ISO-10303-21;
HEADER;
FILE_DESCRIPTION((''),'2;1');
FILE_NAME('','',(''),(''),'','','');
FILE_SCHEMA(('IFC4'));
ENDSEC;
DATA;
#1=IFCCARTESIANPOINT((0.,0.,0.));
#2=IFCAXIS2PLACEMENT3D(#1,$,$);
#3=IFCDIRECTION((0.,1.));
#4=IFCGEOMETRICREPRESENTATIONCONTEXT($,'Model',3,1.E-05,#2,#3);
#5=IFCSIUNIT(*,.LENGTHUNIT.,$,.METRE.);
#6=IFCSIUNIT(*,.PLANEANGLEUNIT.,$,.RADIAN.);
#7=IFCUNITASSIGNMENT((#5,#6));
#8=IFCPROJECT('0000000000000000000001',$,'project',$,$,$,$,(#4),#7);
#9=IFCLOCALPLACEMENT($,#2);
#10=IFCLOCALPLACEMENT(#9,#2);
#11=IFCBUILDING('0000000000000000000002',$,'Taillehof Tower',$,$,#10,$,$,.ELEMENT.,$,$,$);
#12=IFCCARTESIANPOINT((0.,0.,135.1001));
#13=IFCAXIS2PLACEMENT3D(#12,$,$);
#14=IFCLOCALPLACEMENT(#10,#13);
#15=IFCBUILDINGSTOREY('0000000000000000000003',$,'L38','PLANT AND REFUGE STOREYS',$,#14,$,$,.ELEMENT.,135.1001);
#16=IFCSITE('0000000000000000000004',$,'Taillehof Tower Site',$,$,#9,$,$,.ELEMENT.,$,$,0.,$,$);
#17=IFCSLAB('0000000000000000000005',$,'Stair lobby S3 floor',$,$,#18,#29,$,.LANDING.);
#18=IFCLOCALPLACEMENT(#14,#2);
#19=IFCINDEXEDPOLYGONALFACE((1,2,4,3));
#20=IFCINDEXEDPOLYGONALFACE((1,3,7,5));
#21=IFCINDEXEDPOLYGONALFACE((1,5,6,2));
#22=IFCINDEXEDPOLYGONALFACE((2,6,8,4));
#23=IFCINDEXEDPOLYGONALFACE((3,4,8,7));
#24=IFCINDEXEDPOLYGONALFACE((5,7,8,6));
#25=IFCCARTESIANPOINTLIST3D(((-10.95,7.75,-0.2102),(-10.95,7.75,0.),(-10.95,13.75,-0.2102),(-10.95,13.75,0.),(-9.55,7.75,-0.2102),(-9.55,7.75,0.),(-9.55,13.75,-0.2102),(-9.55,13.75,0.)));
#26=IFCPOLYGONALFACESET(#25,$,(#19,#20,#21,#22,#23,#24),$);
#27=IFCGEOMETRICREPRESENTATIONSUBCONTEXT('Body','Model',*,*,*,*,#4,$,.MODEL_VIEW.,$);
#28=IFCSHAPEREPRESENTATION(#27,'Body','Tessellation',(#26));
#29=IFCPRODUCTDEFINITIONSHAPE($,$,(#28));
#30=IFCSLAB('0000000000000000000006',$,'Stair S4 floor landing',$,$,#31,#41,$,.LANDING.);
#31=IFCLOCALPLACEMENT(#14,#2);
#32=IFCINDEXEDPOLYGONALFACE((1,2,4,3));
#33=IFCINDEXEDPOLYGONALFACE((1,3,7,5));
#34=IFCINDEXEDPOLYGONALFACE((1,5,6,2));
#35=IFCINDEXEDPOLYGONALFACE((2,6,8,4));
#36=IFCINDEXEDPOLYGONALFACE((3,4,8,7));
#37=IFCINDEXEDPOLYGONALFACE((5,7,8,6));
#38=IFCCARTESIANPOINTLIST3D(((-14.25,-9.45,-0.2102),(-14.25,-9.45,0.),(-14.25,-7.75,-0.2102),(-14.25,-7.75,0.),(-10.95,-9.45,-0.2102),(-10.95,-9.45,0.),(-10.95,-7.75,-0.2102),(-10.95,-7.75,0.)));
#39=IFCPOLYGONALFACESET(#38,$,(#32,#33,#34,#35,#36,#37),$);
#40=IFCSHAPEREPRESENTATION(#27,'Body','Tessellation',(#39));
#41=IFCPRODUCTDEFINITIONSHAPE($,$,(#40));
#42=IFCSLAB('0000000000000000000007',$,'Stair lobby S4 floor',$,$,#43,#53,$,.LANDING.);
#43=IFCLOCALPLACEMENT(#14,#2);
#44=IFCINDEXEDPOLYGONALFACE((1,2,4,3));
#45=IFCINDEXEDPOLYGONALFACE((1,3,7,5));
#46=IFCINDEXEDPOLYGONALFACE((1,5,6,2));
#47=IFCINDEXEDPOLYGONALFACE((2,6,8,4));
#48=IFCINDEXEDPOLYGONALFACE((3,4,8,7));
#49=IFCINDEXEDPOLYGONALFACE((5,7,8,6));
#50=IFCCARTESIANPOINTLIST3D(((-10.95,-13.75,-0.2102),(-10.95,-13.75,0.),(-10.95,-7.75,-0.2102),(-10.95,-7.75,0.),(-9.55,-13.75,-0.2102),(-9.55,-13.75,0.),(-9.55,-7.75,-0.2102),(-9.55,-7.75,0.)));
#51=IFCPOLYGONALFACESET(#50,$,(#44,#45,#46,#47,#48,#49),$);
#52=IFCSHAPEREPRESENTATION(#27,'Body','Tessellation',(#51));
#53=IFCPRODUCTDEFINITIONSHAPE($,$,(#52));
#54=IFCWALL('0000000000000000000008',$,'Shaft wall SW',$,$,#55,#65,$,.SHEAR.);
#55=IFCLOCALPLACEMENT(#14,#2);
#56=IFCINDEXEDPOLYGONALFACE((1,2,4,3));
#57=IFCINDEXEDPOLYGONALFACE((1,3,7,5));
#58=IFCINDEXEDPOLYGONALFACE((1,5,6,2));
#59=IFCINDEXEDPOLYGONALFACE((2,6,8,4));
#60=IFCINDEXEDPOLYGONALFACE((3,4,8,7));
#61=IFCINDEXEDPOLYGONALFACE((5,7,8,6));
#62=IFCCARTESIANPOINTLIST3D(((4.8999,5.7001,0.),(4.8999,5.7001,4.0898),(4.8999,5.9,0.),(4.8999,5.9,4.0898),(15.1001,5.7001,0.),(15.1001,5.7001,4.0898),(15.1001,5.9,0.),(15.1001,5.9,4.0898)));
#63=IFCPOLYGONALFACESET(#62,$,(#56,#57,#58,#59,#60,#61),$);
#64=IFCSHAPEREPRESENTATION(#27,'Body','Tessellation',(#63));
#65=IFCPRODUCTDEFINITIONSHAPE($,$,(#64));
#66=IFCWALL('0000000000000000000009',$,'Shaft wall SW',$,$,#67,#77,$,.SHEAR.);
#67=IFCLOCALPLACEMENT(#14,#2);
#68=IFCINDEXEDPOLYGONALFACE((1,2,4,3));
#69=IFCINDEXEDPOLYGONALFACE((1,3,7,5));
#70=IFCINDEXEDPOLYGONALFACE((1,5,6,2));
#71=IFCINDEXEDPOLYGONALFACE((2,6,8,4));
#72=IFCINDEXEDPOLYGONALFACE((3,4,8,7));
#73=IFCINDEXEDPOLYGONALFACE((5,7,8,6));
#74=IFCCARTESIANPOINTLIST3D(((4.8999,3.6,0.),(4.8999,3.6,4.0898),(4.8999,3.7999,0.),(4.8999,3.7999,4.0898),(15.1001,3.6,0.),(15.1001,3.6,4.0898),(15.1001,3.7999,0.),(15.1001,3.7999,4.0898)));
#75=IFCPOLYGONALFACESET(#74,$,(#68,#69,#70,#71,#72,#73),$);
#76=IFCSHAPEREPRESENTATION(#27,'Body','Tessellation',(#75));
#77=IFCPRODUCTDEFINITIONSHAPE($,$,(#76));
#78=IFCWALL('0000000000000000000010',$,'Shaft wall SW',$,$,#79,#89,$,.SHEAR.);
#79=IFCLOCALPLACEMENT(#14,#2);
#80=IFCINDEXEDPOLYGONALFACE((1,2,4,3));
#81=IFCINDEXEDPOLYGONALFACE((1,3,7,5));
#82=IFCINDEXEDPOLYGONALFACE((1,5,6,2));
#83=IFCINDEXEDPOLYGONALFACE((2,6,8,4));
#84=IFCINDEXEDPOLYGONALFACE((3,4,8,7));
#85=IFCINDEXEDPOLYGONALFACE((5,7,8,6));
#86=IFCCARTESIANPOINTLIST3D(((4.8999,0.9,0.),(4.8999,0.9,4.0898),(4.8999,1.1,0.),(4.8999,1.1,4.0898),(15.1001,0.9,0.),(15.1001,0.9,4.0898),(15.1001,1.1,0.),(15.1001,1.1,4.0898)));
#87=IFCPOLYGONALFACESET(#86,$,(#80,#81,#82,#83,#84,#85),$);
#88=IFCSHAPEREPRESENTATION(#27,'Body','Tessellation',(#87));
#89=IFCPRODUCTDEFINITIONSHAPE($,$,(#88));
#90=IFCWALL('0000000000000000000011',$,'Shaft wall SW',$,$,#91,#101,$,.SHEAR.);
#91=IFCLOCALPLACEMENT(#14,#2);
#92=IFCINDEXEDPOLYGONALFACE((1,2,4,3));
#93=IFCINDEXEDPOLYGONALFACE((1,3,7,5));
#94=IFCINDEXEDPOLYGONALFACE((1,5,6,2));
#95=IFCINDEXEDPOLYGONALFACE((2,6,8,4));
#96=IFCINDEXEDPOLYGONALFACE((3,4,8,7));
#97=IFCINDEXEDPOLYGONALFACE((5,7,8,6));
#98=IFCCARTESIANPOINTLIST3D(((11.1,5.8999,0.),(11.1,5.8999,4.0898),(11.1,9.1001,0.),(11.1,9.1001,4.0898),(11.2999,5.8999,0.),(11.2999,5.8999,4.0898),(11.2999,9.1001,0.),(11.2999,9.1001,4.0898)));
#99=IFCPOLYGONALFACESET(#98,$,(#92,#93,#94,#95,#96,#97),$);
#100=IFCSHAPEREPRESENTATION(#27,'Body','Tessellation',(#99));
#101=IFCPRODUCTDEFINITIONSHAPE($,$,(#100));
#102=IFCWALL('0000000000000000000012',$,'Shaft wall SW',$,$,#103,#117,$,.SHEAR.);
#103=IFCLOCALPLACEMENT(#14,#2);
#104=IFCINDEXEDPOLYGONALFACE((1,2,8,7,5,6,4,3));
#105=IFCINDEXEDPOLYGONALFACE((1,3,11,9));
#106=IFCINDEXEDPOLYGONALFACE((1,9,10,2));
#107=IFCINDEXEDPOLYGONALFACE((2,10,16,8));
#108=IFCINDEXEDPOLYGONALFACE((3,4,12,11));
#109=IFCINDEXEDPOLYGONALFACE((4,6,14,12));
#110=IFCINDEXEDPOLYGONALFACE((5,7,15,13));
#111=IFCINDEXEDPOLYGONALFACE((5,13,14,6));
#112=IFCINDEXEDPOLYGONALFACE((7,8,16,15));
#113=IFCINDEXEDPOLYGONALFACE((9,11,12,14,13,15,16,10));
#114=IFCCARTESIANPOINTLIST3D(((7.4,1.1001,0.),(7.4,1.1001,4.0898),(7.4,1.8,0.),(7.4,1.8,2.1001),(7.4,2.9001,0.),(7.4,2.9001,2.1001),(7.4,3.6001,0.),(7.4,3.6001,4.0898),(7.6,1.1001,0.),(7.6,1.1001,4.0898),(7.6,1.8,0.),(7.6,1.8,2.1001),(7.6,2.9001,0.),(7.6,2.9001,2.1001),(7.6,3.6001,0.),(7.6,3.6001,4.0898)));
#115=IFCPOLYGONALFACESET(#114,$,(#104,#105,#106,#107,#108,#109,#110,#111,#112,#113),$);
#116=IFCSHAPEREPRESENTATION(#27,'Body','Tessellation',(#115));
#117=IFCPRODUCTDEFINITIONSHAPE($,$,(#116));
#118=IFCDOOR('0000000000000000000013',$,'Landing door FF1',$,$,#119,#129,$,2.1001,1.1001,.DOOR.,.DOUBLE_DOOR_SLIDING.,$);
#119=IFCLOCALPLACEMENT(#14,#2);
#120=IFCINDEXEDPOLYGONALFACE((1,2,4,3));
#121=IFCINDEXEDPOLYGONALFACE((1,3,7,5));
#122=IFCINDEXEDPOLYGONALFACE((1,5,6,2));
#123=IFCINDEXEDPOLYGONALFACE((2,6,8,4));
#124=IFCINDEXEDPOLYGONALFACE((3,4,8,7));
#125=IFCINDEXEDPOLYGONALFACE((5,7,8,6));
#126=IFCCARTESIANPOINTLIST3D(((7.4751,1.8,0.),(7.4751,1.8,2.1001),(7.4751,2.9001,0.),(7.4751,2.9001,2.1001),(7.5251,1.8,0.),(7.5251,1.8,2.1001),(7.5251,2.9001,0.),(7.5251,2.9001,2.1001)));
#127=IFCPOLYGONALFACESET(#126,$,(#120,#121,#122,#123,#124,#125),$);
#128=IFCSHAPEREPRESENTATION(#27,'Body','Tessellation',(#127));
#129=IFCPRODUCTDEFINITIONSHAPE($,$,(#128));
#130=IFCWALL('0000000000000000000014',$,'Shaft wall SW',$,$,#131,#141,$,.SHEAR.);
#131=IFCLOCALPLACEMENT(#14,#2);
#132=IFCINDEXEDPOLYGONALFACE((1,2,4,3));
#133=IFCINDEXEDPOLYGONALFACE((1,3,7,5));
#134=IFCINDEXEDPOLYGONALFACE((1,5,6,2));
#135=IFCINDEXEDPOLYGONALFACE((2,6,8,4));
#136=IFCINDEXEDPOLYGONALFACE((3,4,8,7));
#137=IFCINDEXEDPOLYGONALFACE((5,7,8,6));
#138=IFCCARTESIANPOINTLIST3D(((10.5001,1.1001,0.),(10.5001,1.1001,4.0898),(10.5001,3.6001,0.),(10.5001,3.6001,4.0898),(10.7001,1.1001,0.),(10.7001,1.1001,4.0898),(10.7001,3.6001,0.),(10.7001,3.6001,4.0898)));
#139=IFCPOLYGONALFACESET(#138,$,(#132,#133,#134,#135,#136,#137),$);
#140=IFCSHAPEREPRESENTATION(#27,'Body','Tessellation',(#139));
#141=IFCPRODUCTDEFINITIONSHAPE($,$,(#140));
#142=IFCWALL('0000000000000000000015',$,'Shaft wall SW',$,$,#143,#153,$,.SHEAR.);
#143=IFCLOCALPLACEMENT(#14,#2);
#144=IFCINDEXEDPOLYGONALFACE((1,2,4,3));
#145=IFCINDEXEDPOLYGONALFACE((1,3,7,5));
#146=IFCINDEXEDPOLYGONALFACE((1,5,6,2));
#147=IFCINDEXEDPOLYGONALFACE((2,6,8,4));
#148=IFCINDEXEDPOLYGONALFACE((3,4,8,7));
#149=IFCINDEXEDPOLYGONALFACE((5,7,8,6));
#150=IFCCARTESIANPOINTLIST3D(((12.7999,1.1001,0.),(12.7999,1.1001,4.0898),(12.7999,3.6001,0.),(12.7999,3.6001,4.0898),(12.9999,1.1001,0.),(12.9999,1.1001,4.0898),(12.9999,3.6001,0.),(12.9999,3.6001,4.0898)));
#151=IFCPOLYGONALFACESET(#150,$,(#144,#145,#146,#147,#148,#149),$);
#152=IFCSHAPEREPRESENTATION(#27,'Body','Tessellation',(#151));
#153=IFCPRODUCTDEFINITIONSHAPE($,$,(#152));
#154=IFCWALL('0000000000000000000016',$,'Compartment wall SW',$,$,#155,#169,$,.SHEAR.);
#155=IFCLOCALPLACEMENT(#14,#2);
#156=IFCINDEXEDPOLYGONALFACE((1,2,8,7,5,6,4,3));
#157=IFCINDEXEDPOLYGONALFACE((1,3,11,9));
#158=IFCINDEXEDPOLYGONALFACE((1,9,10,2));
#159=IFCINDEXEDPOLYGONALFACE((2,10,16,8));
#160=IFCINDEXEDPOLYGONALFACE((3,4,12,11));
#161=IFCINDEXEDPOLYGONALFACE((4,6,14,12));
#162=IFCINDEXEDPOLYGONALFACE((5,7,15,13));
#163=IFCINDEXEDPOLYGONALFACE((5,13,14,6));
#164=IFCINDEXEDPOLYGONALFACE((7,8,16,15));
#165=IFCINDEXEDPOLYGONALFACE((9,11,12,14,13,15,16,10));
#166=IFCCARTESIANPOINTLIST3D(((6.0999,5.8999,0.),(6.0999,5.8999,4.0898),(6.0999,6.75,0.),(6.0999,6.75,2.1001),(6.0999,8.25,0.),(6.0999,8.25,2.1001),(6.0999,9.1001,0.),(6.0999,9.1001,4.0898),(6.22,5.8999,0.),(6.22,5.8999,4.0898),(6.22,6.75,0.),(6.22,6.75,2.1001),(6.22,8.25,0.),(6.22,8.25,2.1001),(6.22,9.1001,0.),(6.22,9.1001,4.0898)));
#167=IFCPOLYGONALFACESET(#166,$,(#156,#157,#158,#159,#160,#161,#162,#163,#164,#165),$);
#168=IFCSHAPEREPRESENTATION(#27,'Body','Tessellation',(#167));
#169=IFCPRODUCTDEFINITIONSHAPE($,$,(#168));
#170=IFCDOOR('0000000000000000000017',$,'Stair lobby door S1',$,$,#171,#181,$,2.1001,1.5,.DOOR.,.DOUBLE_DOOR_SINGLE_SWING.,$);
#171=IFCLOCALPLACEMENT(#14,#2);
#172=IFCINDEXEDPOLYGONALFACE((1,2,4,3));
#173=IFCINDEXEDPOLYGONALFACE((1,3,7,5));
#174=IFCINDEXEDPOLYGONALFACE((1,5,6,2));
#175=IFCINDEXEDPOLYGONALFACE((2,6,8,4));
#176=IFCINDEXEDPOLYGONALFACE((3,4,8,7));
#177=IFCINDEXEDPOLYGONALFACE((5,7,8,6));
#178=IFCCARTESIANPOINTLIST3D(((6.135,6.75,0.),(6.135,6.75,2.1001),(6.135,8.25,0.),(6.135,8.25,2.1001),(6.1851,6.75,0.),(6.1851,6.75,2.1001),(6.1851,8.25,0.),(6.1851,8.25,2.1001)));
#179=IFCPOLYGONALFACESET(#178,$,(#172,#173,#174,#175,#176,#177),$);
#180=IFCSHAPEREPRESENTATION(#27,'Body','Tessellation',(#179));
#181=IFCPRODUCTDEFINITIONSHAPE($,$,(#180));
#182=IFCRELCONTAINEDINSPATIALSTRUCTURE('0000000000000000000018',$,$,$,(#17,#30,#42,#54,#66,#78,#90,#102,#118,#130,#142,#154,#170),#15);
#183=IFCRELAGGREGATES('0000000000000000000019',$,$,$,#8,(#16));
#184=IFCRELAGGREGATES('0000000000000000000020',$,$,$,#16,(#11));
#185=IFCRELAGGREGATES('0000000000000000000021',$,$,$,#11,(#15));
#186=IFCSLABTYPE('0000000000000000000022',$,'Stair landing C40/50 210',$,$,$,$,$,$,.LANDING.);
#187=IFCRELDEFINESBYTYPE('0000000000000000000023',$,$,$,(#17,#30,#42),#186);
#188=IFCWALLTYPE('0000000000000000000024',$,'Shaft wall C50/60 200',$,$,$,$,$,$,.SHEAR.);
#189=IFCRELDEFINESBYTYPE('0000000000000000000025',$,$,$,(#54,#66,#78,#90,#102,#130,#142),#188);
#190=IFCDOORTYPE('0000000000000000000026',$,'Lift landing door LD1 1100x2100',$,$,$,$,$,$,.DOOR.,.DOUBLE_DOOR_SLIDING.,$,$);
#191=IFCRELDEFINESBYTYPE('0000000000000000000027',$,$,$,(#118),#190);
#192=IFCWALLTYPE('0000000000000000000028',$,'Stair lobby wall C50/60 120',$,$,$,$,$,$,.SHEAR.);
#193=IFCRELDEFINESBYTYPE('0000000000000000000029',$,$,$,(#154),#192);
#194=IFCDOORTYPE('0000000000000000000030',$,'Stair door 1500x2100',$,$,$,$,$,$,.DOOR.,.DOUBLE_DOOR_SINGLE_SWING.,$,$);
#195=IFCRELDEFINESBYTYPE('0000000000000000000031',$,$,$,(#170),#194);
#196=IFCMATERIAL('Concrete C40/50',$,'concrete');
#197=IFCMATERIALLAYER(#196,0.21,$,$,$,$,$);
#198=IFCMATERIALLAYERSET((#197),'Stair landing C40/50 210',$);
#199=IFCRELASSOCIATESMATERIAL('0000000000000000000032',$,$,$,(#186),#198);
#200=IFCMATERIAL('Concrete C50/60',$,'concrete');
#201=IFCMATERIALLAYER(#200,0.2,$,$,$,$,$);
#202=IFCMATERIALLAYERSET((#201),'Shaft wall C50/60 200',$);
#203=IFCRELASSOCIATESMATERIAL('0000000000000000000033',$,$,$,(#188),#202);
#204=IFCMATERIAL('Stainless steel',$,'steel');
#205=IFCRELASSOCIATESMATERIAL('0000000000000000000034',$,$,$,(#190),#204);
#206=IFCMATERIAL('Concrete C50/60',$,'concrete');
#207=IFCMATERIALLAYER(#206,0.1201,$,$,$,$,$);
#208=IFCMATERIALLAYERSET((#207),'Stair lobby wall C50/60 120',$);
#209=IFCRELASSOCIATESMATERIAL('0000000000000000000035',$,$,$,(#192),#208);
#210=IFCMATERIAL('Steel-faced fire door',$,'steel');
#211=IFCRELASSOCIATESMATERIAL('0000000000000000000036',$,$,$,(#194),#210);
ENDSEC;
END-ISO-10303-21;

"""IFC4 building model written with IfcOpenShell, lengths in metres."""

from ifc_helpers import new_model, si_unit, direction, frame, frame_2d, origin, place, context, subcontext, project, spatial, polyline, rectangle, outline, extrude, material, layer, layer_set, type_object, element, fill, save


model = new_model("IFC4")

# Units and contexts
model_context = context("Model", 3, precision=1e-05, world=origin(), true_north=direction((0.0, 1.0)))
body_context = subcontext(model_context, "Body", "Model", "MODEL_VIEW")
ifc_project = project(units=[si_unit("LENGTHUNIT", "METRE"), si_unit("PLANEANGLEUNIT", "RADIAN")], contexts=[model_context])

# Site, building, storey
site_placement = place(None, origin())
site = spatial("IfcSite", under=ifc_project, at=site_placement, Name="Taillehof Tower Site", CompositionType="ELEMENT", RefElevation=0.0)
building_placement = place(site_placement, origin())
building = spatial("IfcBuilding", under=site, at=building_placement, Name="Taillehof Tower", CompositionType="ELEMENT")
storey_placement = place(building_placement, frame((0.0, 0.0, 135.1001)))
storey = spatial("IfcBuildingStorey", under=building, at=storey_placement, Name="L38", Description="PLANT AND REFUGE STOREYS", CompositionType="ELEMENT", Elevation=135.1001)

# Shared definitions
ifc_material_1 = material(Name="Concrete C40/50", Category="concrete")
ifc_layer_1 = layer(ifc_material_1, 0.21)
ifc_layer_set_1 = layer_set([ifc_layer_1], Name="Stair landing C40/50 210")
slab_type_1 = type_object("IfcSlabType", Name="Stair landing C40/50 210", PredefinedType="LANDING", material=ifc_layer_set_1)

# Slabs
slab_1_placement = place(storey_placement, frame((0.0, 0.0, -0.2102)))
element("IfcSlab", 1, at=slab_1_placement, inside=storey, type_object=slab_type_1, Name="Stair lobby S3 floor", PredefinedType="LANDING", context=body_context, shape_type="SweptSolid", body=[
    extrude(outline(polyline([(-10.95, 7.75), (-9.55, 7.75), (-9.55, 13.75), (-10.95, 13.75), (-10.95, 7.75)])), origin(), (0.0, 0.0, 1.0), 0.2102),
])
slab_2_placement = place(storey_placement, frame((0.0, 0.0, -0.2102)))
element("IfcSlab", 2, at=slab_2_placement, inside=storey, type_object=slab_type_1, Name="Stair S4 floor landing", PredefinedType="LANDING", context=body_context, shape_type="SweptSolid", body=[
    extrude(outline(polyline([(-14.25, -7.75), (-14.25, -9.45), (-10.95, -9.45), (-10.95, -7.75), (-14.25, -7.75)])), origin(), (0.0, 0.0, 1.0), 0.2102),
])
slab_3_placement = place(storey_placement, frame((0.0, 0.0, -0.2102)))
element("IfcSlab", 3, at=slab_3_placement, inside=storey, type_object=slab_type_1, Name="Stair lobby S4 floor", PredefinedType="LANDING", context=body_context, shape_type="SweptSolid", body=[
    extrude(outline(polyline([(-10.95, -13.75), (-9.55, -13.75), (-9.55, -7.75), (-10.95, -7.75), (-10.95, -13.75)])), origin(), (0.0, 0.0, 1.0), 0.2102),
])

# Walls
ifc_material_2 = material(Name="Concrete C50/60", Category="concrete")
ifc_layer_2 = layer(ifc_material_2, 0.2)
ifc_layer_set_2 = layer_set([ifc_layer_2], Name="Shaft wall C50/60 200")
wall_type_1 = type_object("IfcWallType", Name="Shaft wall C50/60 200", PredefinedType="SHEAR", material=ifc_layer_set_2)
for number, where, z_axis, x_axis, name in (
    (4, (4.8999, 5.8, 0.0), (0.0, 0.0, 1.0), (1.0, 0.0, 0.0), "Shaft wall SW"),
    (5, (4.8999, 3.7, 0.0), (0.0, 0.0, 1.0), (1.0, 0.0, 0.0), "Shaft wall SW"),
    (6, (4.8999, 1.0, 0.0), (0.0, 0.0, 1.0), (1.0, 0.0, 0.0), "Shaft wall SW"),
):
    element("IfcWall", number, at=place(storey_placement, frame(where, z_axis=z_axis, x_axis=x_axis)), inside=storey, type_object=wall_type_1, Name=name, PredefinedType="SHEAR", context=body_context, shape_type="SweptSolid", body=[
        extrude(rectangle(XDim=10.2002, YDim=0.2, at=frame_2d((5.1001, 0.0))), origin(), (0.0, 0.0, 1.0), 4.0898),
    ])
wall_1_placement = place(storey_placement, frame((11.2, 5.8999, 0.0), z_axis=(0.0, 0.0, 1.0), x_axis=(0.0, 1.0, 0.0)))
element("IfcWall", 7, at=wall_1_placement, inside=storey, type_object=wall_type_1, Name="Shaft wall SW", PredefinedType="SHEAR", context=body_context, shape_type="SweptSolid", body=[
    extrude(rectangle(XDim=3.2002, YDim=0.2, at=frame_2d((1.6001, 0.0))), origin(), (0.0, 0.0, 1.0), 4.0898),
])

# Wall, opening, door
wall_2_placement = place(storey_placement, frame((7.5, 1.1001, 0.0), z_axis=(0.0, 0.0, 1.0), x_axis=(0.0, 1.0, 0.0)))
wall_2 = element("IfcWall", 8, at=wall_2_placement, inside=storey, type_object=wall_type_1, Name="Shaft wall SW", PredefinedType="SHEAR", context=body_context, shape_type="SweptSolid", body=[
    extrude(rectangle(XDim=2.5, YDim=0.2, at=frame_2d((1.25, 0.0))), origin(), (0.0, 0.0, 1.0), 4.0898),
])
opening_1_placement = place(wall_2_placement, frame((0.7, 0.0, 0.0)))
opening_1 = element("IfcOpeningElement", 9, at=opening_1_placement, cuts=wall_2, PredefinedType="OPENING", context=body_context, shape_type="SweptSolid", body=[
    extrude(rectangle(XDim=1.1001, YDim=2.1001, at=frame_2d((0.55, 1.05))), frame((0.0, 0.1099, 0.0), z_axis=(0.0, -1.0, 0.0), x_axis=(1.0, 0.0, 0.0)), (0.0, 0.0, 1.0), 0.22),
])
ifc_material_3 = material(Name="Stainless steel", Category="steel")
door_type_1 = type_object("IfcDoorType", Name="Lift landing door LD1 1100x2100", OperationType="DOUBLE_DOOR_SLIDING", PredefinedType="DOOR", material=ifc_material_3)
door_1_placement = place(opening_1_placement, origin())
door_1 = element("IfcDoor", 10, at=door_1_placement, inside=storey, type_object=door_type_1, Name="Landing door FF1", OperationType="DOUBLE_DOOR_SLIDING", OverallHeight=2.1001, OverallWidth=1.1001, PredefinedType="DOOR", context=body_context, shape_type="SweptSolid", body=[
    extrude(rectangle(XDim=1.1001, YDim=2.1001, at=frame_2d((0.55, 1.05))), frame((0.0, 0.0249, 0.0), z_axis=(0.0, -1.0, 0.0), x_axis=(1.0, 0.0, 0.0)), (0.0, 0.0, 1.0), 0.05),
])
fill(opening_1, door_1)

# Walls
for number, where, z_axis, x_axis, name in (
    (11, (10.6001, 1.1001, 0.0), (0.0, 0.0, 1.0), (0.0, 1.0, 0.0), "Shaft wall SW"),
    (12, (12.8999, 1.1001, 0.0), (0.0, 0.0, 1.0), (0.0, 1.0, 0.0), "Shaft wall SW"),
):
    element("IfcWall", number, at=place(storey_placement, frame(where, z_axis=z_axis, x_axis=x_axis)), inside=storey, type_object=wall_type_1, Name=name, PredefinedType="SHEAR", context=body_context, shape_type="SweptSolid", body=[
        extrude(rectangle(XDim=2.5, YDim=0.2, at=frame_2d((1.25, 0.0))), origin(), (0.0, 0.0, 1.0), 4.0898),
    ])

# Wall, opening, door
ifc_material_4 = material(Name="Concrete C50/60", Category="concrete")
ifc_layer_3 = layer(ifc_material_4, 0.1201)
ifc_layer_set_3 = layer_set([ifc_layer_3], Name="Stair lobby wall C50/60 120")
wall_type_2 = type_object("IfcWallType", Name="Stair lobby wall C50/60 120", PredefinedType="SHEAR", material=ifc_layer_set_3)
wall_3_placement = place(storey_placement, frame((6.1599, 5.8999, 0.0), z_axis=(0.0, 0.0, 1.0), x_axis=(0.0, 1.0, 0.0)))
wall_3 = element("IfcWall", 13, at=wall_3_placement, inside=storey, type_object=wall_type_2, Name="Compartment wall SW", PredefinedType="SHEAR", context=body_context, shape_type="SweptSolid", body=[
    extrude(rectangle(XDim=3.2002, YDim=0.1201, at=frame_2d((1.6001, 0.0))), origin(), (0.0, 0.0, 1.0), 4.0898),
])
opening_2_placement = place(wall_3_placement, frame((0.8501, 0.0, 0.0)))
opening_2 = element("IfcOpeningElement", 14, at=opening_2_placement, cuts=wall_3, PredefinedType="OPENING", context=body_context, shape_type="SweptSolid", body=[
    extrude(rectangle(XDim=1.5, YDim=2.1001, at=frame_2d((0.75, 1.05))), frame((0.0, 0.0701, 0.0), z_axis=(0.0, -1.0, 0.0), x_axis=(1.0, 0.0, 0.0)), (0.0, 0.0, 1.0), 0.1401),
])
ifc_material_5 = material(Name="Steel-faced fire door", Category="steel")
door_type_2 = type_object("IfcDoorType", Name="Stair door 1500x2100", OperationType="DOUBLE_DOOR_SINGLE_SWING", PredefinedType="DOOR", material=ifc_material_5)
door_2_placement = place(opening_2_placement, origin())
door_2 = element("IfcDoor", 15, at=door_2_placement, inside=storey, type_object=door_type_2, Name="Stair lobby door S1", OperationType="DOUBLE_DOOR_SINGLE_SWING", OverallHeight=2.1001, OverallWidth=1.5, PredefinedType="DOOR", context=body_context, shape_type="SweptSolid", body=[
    extrude(rectangle(XDim=1.5, YDim=2.1001, at=frame_2d((0.75, 1.05))), frame((0.0, 0.0249, 0.0), z_axis=(0.0, -1.0, 0.0), x_axis=(1.0, 0.0, 0.0)), (0.0, 0.0, 1.0), 0.05),
])
fill(opening_2, door_2)

save(model, "model.ifc")
